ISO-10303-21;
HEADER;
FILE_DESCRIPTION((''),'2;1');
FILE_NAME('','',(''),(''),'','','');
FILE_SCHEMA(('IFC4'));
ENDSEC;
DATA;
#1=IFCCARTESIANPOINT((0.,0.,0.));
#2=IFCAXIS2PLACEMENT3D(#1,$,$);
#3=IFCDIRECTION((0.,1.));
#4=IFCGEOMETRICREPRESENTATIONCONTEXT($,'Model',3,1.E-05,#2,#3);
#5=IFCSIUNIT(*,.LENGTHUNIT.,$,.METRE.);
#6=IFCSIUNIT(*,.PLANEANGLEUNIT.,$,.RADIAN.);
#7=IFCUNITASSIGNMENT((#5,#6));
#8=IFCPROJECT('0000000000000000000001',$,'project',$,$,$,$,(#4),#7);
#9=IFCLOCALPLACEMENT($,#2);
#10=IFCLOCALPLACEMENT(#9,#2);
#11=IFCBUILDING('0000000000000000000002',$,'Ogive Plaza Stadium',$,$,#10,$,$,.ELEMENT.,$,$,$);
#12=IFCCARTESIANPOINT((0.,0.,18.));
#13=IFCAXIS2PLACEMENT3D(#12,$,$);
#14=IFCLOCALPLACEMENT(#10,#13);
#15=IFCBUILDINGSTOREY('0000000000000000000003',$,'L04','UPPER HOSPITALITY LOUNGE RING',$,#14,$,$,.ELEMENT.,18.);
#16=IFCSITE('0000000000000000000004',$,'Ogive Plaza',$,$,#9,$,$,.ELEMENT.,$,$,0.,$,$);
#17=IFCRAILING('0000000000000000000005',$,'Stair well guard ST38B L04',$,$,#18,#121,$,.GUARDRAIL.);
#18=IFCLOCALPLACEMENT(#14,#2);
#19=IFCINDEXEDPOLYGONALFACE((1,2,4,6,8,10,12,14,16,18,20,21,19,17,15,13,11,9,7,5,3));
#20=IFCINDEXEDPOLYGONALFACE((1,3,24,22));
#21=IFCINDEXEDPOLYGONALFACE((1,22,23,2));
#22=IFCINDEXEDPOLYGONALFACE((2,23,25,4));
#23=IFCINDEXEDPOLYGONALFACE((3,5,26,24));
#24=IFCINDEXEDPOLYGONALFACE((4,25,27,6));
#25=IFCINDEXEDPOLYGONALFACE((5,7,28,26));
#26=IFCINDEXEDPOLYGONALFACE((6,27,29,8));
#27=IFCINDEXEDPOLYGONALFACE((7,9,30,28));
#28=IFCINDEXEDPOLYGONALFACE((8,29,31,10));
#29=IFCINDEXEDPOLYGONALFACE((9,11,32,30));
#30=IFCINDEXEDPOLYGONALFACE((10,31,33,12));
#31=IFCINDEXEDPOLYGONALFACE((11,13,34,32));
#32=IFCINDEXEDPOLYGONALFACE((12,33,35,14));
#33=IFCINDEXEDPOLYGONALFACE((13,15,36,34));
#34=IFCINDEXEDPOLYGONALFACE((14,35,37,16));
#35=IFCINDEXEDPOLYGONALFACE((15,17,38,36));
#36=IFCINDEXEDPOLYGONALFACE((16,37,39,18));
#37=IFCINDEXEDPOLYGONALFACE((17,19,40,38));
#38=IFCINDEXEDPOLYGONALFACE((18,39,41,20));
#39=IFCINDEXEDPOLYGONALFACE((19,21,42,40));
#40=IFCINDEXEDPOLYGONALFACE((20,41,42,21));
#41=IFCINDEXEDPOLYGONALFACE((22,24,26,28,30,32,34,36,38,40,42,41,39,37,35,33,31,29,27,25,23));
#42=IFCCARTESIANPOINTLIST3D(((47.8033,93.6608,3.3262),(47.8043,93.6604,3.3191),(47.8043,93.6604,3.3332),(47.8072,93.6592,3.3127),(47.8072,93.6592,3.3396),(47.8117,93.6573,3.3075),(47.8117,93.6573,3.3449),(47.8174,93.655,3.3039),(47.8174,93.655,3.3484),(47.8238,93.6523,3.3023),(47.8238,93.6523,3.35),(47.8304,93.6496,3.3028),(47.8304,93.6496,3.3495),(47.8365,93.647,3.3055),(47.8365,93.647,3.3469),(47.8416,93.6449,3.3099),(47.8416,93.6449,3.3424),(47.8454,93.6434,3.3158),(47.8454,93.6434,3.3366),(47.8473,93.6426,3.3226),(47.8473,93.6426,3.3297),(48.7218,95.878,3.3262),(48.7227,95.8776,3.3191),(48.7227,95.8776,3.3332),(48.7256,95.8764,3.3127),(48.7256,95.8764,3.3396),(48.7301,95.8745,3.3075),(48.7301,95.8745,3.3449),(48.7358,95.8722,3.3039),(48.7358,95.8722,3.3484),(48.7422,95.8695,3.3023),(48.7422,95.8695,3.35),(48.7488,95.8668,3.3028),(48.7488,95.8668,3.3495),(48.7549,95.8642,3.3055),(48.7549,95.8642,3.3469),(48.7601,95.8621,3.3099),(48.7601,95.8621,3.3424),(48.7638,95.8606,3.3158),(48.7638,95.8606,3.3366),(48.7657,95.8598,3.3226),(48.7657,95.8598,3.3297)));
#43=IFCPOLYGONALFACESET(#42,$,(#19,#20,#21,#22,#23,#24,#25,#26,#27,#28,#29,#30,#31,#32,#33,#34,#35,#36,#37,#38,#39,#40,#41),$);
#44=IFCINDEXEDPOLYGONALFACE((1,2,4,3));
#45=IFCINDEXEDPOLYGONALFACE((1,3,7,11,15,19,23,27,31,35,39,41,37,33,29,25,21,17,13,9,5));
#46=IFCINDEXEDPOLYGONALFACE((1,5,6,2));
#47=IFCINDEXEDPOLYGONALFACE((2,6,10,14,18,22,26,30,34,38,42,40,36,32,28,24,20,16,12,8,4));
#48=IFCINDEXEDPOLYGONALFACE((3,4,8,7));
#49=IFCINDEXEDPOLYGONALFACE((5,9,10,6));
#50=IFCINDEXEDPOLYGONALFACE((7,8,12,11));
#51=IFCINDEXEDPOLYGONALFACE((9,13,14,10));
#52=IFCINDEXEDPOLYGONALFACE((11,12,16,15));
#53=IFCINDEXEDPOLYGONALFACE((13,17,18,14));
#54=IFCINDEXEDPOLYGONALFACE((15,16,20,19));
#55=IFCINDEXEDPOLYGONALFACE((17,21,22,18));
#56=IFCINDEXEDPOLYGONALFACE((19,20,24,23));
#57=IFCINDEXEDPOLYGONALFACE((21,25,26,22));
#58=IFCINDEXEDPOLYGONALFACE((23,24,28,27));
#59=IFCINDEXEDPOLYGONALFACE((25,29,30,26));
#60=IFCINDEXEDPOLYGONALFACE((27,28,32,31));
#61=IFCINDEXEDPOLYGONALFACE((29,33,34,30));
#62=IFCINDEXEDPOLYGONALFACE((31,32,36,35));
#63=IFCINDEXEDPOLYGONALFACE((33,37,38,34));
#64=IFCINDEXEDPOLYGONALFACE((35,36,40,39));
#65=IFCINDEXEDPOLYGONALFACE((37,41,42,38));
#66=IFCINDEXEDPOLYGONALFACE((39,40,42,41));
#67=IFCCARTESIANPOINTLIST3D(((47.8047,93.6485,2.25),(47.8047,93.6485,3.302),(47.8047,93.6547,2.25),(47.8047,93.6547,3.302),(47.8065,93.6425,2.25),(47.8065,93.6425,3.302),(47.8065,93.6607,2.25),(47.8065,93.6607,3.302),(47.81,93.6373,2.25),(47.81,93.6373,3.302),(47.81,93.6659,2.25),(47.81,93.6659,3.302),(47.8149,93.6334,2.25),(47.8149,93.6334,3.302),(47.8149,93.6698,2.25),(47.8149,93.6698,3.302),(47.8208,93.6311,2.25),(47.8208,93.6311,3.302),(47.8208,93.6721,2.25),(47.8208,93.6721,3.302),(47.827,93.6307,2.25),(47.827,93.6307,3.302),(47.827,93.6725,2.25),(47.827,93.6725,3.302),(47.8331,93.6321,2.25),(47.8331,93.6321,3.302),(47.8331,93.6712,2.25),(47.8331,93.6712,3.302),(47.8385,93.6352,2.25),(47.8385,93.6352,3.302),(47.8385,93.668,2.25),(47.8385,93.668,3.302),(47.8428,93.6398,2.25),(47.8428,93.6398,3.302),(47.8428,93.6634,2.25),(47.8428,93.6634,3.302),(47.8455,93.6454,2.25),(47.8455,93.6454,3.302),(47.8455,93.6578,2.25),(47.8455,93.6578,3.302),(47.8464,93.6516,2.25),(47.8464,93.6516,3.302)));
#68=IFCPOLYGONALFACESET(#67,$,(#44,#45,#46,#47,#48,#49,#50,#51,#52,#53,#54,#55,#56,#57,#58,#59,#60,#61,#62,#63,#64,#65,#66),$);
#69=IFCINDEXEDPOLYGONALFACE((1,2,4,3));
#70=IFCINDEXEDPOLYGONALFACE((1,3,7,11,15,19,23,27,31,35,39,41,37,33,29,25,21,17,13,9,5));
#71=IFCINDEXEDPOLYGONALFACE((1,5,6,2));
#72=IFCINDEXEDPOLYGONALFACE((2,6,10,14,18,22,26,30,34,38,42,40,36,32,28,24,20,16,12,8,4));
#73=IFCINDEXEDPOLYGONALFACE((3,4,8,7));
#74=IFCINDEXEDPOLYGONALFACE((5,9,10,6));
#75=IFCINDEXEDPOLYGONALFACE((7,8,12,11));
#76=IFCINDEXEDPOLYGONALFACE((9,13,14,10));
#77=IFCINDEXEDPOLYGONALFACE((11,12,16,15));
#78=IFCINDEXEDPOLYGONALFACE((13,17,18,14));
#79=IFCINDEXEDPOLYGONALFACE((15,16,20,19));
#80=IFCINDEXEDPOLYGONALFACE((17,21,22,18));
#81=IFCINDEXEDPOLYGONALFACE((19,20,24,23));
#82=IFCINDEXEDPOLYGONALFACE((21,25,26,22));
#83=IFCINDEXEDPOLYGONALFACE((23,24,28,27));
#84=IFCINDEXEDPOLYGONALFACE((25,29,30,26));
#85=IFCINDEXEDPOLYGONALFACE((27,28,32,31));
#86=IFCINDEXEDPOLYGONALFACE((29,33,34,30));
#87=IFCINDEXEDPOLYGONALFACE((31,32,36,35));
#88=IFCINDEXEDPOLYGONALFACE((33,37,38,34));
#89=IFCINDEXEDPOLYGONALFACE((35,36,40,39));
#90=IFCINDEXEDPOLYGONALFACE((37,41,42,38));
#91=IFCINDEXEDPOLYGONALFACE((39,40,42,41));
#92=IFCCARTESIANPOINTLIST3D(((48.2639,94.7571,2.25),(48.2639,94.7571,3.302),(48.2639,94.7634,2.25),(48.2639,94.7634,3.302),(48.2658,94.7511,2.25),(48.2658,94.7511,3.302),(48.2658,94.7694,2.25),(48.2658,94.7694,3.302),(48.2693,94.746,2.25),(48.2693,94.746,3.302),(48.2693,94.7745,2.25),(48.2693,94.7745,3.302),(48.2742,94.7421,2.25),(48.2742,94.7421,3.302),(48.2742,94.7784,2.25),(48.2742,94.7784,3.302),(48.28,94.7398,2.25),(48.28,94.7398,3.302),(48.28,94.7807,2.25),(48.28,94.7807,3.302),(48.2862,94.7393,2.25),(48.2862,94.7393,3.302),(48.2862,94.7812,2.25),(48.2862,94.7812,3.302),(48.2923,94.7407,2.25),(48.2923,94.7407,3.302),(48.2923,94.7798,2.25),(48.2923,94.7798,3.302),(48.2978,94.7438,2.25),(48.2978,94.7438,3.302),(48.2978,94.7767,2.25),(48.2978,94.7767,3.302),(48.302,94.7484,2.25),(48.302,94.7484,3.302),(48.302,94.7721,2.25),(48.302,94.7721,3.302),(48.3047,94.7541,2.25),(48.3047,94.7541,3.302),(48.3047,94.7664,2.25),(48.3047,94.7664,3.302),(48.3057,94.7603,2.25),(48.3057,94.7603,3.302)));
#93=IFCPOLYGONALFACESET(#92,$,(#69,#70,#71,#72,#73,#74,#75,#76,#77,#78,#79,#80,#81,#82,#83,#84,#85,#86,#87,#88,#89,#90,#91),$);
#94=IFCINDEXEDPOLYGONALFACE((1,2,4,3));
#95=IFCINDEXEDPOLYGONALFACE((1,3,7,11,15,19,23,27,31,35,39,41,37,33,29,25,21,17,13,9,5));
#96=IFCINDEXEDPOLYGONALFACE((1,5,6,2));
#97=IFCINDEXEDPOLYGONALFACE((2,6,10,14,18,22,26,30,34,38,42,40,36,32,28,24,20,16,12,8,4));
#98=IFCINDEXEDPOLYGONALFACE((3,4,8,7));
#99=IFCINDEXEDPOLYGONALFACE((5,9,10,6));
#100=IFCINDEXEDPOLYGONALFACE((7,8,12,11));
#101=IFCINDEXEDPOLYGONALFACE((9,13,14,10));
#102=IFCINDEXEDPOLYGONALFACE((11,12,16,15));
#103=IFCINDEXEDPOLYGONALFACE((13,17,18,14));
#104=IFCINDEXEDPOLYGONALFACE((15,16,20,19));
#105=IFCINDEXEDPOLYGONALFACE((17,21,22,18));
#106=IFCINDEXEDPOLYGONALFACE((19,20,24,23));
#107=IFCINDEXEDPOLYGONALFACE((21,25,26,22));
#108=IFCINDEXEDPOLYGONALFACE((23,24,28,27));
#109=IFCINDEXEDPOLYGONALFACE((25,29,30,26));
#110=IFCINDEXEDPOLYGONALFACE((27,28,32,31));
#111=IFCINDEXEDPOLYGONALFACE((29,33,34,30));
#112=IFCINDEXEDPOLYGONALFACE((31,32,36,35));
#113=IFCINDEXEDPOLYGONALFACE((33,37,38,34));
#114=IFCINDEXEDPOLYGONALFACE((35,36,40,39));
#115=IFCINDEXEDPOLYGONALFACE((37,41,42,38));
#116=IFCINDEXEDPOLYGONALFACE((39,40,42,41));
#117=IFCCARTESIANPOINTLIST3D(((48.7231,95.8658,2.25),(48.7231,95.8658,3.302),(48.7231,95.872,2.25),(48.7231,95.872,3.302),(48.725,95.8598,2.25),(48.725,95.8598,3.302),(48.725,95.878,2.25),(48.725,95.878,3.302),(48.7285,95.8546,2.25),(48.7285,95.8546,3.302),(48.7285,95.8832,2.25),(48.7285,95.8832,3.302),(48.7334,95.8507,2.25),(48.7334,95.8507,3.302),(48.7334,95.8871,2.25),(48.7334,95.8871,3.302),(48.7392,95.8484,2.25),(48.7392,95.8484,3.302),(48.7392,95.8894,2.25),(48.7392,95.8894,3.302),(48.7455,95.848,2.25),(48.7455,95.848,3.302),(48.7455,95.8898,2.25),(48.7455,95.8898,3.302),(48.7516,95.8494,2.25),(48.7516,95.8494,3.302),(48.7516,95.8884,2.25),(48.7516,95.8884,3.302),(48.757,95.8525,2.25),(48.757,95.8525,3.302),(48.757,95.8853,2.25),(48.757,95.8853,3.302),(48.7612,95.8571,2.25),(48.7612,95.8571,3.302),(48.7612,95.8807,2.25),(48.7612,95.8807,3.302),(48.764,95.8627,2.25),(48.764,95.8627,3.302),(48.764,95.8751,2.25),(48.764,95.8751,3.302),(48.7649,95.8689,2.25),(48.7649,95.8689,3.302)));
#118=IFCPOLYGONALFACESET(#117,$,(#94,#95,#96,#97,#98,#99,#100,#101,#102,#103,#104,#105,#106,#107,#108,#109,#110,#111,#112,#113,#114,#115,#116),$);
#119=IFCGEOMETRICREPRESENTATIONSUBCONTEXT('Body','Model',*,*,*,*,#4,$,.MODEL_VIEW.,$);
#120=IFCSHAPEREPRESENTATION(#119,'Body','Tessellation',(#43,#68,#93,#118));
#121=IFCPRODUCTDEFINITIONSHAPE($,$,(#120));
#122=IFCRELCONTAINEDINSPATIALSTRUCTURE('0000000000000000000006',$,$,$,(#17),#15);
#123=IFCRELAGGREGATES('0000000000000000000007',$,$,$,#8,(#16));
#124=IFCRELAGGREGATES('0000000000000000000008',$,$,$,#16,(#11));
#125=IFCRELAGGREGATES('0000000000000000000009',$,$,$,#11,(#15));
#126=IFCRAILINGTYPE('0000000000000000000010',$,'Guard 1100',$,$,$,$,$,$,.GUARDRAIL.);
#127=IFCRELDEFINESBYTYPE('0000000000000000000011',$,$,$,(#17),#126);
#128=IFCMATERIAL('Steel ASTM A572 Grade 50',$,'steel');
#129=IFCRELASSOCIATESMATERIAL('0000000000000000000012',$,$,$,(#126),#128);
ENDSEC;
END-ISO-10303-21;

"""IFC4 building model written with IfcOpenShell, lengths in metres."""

from ifc_helpers import new_model, si_unit, direction, frame, origin, origin_2d, place, context, subcontext, project, spatial, circle, extrude, material, type_object, element, save


model = new_model("IFC4")

# Units and contexts
model_context = context("Model", 3, precision=1e-05, world=origin(), true_north=direction((0.0, 1.0)))
body_context = subcontext(model_context, "Body", "Model", "MODEL_VIEW")
ifc_project = project(units=[si_unit("LENGTHUNIT", "METRE"), si_unit("PLANEANGLEUNIT", "RADIAN")], contexts=[model_context])

# Site, building, storey
site_placement = place(None, origin())
site = spatial("IfcSite", under=ifc_project, at=site_placement, Name="Ogive Plaza", CompositionType="ELEMENT", RefElevation=0.0)
building_placement = place(site_placement, origin())
building = spatial("IfcBuilding", under=site, at=building_placement, Name="Ogive Plaza Stadium", CompositionType="ELEMENT")
storey_placement = place(building_placement, frame((0.0, 0.0, 18.0)))
storey = spatial("IfcBuildingStorey", under=building, at=storey_placement, Name="L04", Description="UPPER HOSPITALITY LOUNGE RING", CompositionType="ELEMENT", Elevation=18.0)

# Railing
ifc_material_1 = material(Name="Steel ASTM A572 Grade 50", Category="steel")
railing_type_1 = type_object("IfcRailingType", Name="Guard 1100", PredefinedType="GUARDRAIL", material=ifc_material_1)
for number, where, name in (
    (1, (47.8254, 93.6516, 2.25), "Stair well guard ST38B L04"),
):
    element("IfcRailing", number, at=place(storey_placement, frame(where)), inside=storey, type_object=railing_type_1, Name=name, PredefinedType="GUARDRAIL", context=body_context, shape_type="SweptSolid", body=[
        extrude(circle(Radius=0.0239, at=origin_2d()), frame((0.0, 0.0, 1.0762), z_axis=(0.382693, 0.923875, 0.0), x_axis=(-0.923875, 0.382693, 0.0)), (0.0, 0.0, 1.0), 2.3999),
        extrude(circle(Radius=0.021, at=origin_2d()), origin(), (0.0, 0.0, 1.0), 1.052),
        extrude(circle(Radius=0.021, at=origin_2d()), frame((0.4592, 1.1086, 0.0)), (0.0, 0.0, 1.0), 1.052),
        extrude(circle(Radius=0.021, at=origin_2d()), frame((0.9185, 2.2173, 0.0)), (0.0, 0.0, 1.0), 1.052),
    ])

save(model, "model.ifc")
